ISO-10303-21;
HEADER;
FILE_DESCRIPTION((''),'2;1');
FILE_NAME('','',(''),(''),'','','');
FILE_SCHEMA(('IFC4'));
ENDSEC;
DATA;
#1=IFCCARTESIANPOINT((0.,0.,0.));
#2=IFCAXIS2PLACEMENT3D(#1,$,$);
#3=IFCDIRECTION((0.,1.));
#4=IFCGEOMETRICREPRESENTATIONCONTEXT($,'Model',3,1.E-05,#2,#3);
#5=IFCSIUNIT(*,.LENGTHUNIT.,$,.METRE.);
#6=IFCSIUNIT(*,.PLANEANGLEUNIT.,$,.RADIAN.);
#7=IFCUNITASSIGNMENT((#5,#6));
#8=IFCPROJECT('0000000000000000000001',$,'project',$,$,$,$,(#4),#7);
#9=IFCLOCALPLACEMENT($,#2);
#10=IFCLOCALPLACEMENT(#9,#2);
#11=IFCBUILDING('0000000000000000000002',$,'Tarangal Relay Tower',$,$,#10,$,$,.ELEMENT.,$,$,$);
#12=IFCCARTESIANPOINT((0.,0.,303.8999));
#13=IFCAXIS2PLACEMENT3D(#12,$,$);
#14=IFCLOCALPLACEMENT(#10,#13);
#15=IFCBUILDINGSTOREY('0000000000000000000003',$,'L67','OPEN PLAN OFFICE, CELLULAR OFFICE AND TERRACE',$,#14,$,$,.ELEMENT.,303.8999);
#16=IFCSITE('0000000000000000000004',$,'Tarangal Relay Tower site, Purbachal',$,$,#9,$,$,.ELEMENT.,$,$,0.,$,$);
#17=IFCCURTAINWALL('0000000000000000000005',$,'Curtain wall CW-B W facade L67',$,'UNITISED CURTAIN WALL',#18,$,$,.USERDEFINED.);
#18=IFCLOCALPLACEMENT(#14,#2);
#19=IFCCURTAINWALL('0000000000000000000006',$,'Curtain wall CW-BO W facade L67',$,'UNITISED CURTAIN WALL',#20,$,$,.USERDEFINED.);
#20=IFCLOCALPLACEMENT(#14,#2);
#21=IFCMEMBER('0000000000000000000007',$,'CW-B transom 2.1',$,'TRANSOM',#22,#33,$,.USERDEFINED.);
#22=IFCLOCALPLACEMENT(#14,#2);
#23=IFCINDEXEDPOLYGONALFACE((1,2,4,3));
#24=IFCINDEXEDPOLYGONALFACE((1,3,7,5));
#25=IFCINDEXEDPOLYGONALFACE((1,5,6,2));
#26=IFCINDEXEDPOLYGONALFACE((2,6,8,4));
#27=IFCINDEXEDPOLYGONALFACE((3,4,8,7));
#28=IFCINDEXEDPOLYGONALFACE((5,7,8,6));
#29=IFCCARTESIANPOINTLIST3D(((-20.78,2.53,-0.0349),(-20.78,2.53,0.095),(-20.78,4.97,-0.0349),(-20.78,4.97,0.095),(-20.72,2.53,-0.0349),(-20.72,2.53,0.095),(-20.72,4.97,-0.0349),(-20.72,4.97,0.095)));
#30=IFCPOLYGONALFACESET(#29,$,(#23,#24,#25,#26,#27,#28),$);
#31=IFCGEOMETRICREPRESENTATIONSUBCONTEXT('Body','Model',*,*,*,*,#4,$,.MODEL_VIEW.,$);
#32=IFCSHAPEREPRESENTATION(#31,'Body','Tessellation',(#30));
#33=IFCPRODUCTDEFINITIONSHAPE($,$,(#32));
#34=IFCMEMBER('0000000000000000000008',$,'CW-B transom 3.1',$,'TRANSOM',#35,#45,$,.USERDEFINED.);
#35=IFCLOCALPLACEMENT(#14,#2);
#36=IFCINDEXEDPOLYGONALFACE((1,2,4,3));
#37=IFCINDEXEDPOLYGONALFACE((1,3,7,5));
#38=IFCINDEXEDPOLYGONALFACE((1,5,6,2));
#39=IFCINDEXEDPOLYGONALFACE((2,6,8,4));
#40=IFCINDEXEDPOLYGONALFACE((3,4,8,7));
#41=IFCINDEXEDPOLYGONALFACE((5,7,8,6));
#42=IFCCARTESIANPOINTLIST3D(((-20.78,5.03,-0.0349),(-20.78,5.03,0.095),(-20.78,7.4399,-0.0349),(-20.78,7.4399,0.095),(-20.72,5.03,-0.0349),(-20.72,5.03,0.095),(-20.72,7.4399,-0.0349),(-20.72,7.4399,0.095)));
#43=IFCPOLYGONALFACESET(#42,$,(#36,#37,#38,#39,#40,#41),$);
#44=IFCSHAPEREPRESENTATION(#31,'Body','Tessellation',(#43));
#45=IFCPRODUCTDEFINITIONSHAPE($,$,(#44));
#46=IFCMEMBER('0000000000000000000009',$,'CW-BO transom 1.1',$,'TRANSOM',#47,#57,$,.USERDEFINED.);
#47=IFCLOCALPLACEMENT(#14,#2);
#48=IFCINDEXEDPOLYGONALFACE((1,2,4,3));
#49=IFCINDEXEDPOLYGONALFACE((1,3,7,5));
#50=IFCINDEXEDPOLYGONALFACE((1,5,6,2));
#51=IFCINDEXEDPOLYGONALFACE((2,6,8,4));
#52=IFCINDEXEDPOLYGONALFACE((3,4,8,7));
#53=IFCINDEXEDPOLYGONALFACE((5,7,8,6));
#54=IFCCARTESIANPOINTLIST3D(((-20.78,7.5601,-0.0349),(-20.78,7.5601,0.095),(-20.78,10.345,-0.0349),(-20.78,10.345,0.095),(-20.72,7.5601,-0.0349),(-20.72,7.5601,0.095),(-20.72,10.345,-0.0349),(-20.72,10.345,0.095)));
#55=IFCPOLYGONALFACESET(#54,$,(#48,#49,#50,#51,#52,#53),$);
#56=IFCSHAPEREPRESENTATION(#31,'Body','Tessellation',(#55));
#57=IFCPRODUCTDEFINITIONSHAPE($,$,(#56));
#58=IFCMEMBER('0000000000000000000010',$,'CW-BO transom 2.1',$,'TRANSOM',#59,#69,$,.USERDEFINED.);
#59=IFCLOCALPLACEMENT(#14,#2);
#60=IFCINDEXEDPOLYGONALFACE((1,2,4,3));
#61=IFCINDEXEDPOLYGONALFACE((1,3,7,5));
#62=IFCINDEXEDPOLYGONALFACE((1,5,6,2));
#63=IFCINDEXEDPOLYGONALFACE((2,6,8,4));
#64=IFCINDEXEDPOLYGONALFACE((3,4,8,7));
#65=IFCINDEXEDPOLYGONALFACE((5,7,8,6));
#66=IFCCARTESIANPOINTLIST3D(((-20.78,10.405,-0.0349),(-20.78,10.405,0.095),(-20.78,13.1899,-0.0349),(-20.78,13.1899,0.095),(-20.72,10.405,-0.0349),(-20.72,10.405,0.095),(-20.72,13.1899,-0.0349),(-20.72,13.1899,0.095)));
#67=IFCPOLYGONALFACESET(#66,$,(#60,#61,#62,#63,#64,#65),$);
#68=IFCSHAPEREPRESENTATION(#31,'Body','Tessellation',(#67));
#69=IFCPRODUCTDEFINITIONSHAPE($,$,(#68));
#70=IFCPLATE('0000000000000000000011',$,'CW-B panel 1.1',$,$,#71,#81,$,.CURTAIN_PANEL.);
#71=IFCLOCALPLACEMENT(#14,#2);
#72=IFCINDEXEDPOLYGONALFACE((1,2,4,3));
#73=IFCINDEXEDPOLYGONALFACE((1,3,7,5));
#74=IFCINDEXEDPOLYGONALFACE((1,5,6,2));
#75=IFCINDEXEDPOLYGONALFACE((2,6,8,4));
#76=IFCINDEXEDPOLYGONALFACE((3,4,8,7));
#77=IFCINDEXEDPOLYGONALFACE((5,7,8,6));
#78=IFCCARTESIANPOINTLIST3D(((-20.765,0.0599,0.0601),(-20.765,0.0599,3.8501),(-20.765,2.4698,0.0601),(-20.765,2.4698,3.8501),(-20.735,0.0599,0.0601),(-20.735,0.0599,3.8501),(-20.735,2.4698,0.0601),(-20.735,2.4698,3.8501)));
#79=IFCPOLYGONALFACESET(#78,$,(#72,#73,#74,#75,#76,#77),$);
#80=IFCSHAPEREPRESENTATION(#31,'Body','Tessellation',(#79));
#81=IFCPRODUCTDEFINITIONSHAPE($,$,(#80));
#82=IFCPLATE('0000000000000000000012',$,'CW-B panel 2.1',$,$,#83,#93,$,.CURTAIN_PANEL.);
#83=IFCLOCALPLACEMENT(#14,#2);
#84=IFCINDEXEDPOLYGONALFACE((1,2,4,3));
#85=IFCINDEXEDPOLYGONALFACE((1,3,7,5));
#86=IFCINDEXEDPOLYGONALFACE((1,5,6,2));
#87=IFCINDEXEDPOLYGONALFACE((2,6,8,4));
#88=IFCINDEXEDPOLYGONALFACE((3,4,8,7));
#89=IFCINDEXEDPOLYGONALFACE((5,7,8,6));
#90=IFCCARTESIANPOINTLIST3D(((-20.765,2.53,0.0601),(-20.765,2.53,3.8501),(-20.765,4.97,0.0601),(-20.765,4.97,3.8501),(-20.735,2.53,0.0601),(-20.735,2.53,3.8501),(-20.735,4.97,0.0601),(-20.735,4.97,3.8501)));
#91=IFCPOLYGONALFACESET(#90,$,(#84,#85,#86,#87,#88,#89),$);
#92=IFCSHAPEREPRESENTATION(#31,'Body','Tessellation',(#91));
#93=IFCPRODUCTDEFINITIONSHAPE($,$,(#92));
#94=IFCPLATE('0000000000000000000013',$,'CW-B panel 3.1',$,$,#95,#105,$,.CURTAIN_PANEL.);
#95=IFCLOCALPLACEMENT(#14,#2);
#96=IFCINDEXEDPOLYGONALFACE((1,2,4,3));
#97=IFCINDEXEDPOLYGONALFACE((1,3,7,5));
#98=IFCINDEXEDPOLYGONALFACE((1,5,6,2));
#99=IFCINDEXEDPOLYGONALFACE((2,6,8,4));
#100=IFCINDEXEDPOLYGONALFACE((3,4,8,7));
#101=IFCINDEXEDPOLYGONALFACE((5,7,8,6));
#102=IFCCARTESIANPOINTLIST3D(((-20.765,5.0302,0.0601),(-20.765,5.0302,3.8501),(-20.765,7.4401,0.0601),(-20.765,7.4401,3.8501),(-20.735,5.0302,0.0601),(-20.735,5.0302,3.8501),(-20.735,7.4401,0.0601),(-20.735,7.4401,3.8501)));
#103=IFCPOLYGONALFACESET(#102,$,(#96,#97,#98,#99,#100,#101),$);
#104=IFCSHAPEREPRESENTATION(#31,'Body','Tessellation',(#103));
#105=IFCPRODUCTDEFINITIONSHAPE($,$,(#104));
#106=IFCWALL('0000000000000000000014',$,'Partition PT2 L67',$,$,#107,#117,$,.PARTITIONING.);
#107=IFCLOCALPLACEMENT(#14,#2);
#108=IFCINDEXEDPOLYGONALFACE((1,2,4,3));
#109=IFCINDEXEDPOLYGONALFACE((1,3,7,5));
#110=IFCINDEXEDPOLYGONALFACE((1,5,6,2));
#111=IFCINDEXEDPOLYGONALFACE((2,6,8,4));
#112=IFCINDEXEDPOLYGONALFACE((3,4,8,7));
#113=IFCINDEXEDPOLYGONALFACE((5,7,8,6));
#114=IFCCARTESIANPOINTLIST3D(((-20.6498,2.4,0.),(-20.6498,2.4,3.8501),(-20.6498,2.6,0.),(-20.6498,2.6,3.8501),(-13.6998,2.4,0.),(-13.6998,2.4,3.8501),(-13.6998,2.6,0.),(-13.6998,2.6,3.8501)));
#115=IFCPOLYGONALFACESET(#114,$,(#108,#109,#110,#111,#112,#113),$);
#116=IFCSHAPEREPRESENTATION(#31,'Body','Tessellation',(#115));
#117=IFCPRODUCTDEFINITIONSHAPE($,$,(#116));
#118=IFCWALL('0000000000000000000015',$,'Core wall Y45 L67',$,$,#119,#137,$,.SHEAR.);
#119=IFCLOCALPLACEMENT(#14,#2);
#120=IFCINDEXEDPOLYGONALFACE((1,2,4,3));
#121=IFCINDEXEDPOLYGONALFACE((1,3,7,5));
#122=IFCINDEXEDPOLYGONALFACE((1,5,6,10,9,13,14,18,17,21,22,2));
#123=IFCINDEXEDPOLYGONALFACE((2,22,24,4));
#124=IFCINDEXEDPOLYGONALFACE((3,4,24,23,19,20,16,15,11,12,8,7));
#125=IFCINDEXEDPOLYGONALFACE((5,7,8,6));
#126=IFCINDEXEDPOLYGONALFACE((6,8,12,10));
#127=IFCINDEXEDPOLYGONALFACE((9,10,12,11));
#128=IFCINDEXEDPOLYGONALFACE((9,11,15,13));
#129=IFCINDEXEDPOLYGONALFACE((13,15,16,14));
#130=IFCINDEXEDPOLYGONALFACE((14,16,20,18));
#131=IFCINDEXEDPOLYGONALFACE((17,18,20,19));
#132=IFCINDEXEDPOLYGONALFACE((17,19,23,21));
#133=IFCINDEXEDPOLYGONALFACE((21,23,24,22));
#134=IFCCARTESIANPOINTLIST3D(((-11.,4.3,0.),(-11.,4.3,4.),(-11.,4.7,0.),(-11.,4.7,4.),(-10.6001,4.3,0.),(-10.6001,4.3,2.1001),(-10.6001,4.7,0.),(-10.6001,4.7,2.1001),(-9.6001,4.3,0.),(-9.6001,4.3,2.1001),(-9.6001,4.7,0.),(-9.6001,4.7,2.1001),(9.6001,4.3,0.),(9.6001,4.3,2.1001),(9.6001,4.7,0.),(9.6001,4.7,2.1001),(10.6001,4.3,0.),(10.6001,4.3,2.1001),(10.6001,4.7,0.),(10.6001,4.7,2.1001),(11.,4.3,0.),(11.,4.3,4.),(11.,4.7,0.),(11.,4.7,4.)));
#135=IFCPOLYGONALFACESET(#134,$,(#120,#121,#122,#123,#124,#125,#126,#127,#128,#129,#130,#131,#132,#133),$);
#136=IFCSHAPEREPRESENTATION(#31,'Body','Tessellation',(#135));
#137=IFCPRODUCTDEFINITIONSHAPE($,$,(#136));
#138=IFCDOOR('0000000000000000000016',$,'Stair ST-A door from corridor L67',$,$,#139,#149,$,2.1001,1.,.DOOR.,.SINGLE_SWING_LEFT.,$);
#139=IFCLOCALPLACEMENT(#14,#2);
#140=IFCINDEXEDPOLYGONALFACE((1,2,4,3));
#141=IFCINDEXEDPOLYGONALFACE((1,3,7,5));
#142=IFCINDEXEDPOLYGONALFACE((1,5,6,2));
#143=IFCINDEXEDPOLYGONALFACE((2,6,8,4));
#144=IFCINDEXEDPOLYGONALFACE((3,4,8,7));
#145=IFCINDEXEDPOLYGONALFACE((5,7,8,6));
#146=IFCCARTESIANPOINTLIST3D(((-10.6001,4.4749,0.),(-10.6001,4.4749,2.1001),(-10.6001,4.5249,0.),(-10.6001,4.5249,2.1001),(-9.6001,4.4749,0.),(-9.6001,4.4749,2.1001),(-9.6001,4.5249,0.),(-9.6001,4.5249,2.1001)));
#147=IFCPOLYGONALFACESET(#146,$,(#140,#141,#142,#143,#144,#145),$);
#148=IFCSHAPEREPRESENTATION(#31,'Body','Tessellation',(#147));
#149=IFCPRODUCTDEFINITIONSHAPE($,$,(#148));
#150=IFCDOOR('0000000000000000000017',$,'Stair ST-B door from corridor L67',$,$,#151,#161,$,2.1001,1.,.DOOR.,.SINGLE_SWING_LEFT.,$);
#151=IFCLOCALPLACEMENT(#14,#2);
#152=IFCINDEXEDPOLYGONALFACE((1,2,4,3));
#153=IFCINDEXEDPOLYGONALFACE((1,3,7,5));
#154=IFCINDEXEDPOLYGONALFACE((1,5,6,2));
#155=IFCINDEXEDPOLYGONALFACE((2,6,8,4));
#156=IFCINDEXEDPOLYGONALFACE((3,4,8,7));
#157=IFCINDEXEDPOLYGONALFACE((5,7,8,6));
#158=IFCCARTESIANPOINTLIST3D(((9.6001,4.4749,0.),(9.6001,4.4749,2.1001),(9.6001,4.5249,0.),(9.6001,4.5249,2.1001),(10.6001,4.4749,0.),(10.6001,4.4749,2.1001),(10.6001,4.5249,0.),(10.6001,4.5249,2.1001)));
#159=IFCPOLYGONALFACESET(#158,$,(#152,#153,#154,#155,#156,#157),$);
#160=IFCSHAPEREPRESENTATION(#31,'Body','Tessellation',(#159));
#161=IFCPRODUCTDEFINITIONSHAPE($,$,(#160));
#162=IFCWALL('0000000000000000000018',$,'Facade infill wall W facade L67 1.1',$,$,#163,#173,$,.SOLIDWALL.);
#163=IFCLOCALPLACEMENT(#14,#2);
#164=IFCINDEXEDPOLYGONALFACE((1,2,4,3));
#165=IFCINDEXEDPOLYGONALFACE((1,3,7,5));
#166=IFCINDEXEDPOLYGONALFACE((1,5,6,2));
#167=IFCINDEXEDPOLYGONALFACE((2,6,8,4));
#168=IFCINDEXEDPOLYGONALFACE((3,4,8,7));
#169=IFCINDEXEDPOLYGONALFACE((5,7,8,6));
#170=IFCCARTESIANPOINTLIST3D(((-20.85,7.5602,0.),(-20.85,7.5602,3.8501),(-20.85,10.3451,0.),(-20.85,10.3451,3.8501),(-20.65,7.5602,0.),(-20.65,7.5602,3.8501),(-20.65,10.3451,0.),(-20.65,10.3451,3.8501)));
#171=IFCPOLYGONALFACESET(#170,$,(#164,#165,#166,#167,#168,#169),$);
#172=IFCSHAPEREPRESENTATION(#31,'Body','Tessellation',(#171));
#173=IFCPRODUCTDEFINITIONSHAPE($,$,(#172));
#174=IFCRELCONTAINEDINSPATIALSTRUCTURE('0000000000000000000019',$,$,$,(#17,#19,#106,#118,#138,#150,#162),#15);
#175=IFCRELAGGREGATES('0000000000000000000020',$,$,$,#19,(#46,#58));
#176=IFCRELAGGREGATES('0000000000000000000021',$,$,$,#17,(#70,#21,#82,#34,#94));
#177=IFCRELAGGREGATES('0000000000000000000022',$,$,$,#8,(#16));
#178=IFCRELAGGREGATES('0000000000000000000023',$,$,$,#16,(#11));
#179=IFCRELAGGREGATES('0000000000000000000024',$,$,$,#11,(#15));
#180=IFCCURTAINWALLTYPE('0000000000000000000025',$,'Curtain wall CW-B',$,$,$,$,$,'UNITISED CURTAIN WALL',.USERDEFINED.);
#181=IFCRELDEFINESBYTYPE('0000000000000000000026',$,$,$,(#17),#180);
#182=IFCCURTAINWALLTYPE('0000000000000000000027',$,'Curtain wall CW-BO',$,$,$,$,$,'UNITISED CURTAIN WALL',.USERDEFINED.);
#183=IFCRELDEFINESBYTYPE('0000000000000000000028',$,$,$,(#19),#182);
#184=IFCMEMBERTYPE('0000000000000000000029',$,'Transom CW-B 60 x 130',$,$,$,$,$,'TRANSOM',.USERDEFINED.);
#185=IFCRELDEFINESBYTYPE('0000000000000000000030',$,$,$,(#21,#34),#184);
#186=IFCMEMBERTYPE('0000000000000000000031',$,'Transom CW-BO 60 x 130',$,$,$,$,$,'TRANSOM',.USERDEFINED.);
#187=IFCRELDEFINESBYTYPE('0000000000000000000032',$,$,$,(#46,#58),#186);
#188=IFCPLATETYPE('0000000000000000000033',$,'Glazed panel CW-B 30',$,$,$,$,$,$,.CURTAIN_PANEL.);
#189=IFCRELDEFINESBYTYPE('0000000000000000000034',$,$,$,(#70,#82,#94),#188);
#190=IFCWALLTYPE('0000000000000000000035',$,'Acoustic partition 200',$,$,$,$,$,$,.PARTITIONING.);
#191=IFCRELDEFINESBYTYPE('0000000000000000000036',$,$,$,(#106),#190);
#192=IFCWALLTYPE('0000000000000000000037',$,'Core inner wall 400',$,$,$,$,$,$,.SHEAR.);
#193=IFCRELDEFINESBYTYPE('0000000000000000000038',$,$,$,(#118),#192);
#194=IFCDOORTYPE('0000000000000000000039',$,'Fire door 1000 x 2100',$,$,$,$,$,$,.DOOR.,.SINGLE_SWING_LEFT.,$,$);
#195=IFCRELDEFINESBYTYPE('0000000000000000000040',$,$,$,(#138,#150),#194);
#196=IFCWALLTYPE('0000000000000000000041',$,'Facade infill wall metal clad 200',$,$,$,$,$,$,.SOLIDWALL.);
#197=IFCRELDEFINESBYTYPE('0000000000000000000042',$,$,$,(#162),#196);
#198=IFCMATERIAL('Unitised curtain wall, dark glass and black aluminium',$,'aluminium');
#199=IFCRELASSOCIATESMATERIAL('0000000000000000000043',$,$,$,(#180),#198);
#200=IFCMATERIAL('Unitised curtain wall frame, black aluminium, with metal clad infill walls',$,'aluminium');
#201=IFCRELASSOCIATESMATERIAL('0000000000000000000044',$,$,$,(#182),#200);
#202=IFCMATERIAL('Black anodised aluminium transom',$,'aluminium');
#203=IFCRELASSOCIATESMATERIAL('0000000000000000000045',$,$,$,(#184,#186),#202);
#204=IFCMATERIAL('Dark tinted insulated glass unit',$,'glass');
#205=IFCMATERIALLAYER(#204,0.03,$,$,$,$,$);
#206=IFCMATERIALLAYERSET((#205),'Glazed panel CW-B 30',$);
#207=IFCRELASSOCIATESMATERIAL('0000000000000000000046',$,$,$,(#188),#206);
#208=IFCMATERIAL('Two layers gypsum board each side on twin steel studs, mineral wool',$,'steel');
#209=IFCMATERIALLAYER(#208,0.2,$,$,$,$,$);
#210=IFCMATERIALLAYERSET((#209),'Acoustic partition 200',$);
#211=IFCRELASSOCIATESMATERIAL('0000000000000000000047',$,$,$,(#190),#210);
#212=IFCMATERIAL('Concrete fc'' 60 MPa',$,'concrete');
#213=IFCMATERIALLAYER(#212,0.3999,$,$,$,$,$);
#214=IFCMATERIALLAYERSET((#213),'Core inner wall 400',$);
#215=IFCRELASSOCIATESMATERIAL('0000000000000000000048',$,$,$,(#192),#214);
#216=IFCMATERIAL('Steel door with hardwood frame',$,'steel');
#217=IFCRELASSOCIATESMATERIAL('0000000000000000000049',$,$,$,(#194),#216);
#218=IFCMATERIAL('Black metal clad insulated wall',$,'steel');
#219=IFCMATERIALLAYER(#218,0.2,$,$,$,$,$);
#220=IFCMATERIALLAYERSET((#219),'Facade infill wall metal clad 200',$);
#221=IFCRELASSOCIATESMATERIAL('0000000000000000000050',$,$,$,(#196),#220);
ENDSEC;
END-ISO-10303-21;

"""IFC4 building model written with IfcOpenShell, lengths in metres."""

from ifc_helpers import new_model, si_unit, direction, frame, frame_2d, origin, origin_2d, place, context, subcontext, project, spatial, rectangle, extrude, material, layer, layer_set, material_profile, profile_set, type_object, element, fill, aggregate, save


model = new_model("IFC4")

# Units and contexts
model_context = context("Model", 3, precision=1e-05, world=origin(), true_north=direction((0.0, 1.0)))
body_context = subcontext(model_context, "Body", "Model", "MODEL_VIEW")
ifc_project = project(units=[si_unit("LENGTHUNIT", "METRE"), si_unit("PLANEANGLEUNIT", "RADIAN")], contexts=[model_context])

# Site, building, storey
site_placement = place(None, origin())
site = spatial("IfcSite", under=ifc_project, at=site_placement, Name="Tarangal Relay Tower site, Purbachal", CompositionType="ELEMENT", RefElevation=0.0)
building_placement = place(site_placement, origin())
building = spatial("IfcBuilding", under=site, at=building_placement, Name="Tarangal Relay Tower", CompositionType="ELEMENT")
storey_placement = place(building_placement, frame((0.0, 0.0, 303.8999)))
storey = spatial("IfcBuildingStorey", under=building, at=storey_placement, Name="L67", Description="OPEN PLAN OFFICE, CELLULAR OFFICE AND TERRACE", CompositionType="ELEMENT", Elevation=303.8999)

# Curtain walls
ifc_material_1 = material(Name="Unitised curtain wall, dark glass and black aluminium", Category="aluminium")
curtain_wall_type_1 = type_object("IfcCurtainWallType", Name="Curtain wall CW-B", ElementType="UNITISED CURTAIN WALL", PredefinedType="USERDEFINED", material=ifc_material_1)
curtain_wall_1_placement = place(storey_placement, origin())
curtain_wall_1 = element("IfcCurtainWall", 1, at=curtain_wall_1_placement, inside=storey, type_object=curtain_wall_type_1, Name="Curtain wall CW-B W facade L67", ObjectType="UNITISED CURTAIN WALL", PredefinedType="USERDEFINED")
ifc_material_2 = material(Name="Unitised curtain wall frame, black aluminium, with metal clad infill walls", Category="aluminium")
curtain_wall_type_2 = type_object("IfcCurtainWallType", Name="Curtain wall CW-BO", ElementType="UNITISED CURTAIN WALL", PredefinedType="USERDEFINED", material=ifc_material_2)
curtain_wall_2_placement = place(storey_placement, origin())
curtain_wall_2 = element("IfcCurtainWall", 2, at=curtain_wall_2_placement, inside=storey, type_object=curtain_wall_type_2, Name="Curtain wall CW-BO W facade L67", ObjectType="UNITISED CURTAIN WALL", PredefinedType="USERDEFINED")

# Members
ifc_material_3 = material(Name="Black anodised aluminium transom", Category="aluminium")
ifc_material_profile_1 = material_profile(ifc_material_3, rectangle(XDim=0.0601, YDim=0.1299, at=origin_2d()), Name="CW-BT 60X130")
ifc_profile_set_1 = profile_set([ifc_material_profile_1], Name="Black anodised aluminium transom")
member_type_1 = type_object("IfcMemberType", Name="Transom CW-B 60 x 130", ElementType="TRANSOM", PredefinedType="USERDEFINED", material=ifc_profile_set_1)
member_1_placement = place(storey_placement, frame((-20.75, 2.53, 0.03), z_axis=(0.0, 1.0, 0.0), x_axis=(-1.0, 0.0, 0.0)))
member_1 = element("IfcMember", 3, at=member_1_placement, type_object=member_type_1, Name="CW-B transom 2.1", ObjectType="TRANSOM", PredefinedType="USERDEFINED", context=body_context, shape_type="SweptSolid", body=[
    extrude(rectangle(XDim=0.0601, YDim=0.1299, at=origin_2d()), origin(), (0.0, 0.0, 1.0), 2.4399),
])
member_2_placement = place(storey_placement, frame((-20.75, 5.03, 0.03), z_axis=(0.0, 1.0, 0.0), x_axis=(-1.0, 0.0, 0.0)))
member_2 = element("IfcMember", 4, at=member_2_placement, type_object=member_type_1, Name="CW-B transom 3.1", ObjectType="TRANSOM", PredefinedType="USERDEFINED", context=body_context, shape_type="SweptSolid", body=[
    extrude(rectangle(XDim=0.0601, YDim=0.1299, at=origin_2d()), origin(), (0.0, 0.0, 1.0), 2.4099),
])
ifc_material_profile_2 = material_profile(ifc_material_3, rectangle(XDim=0.0601, YDim=0.1299, at=origin_2d()), Name="CW-BOT 60X130")
ifc_profile_set_2 = profile_set([ifc_material_profile_2], Name="Black anodised aluminium transom")
member_type_2 = type_object("IfcMemberType", Name="Transom CW-BO 60 x 130", ElementType="TRANSOM", PredefinedType="USERDEFINED", material=ifc_profile_set_2)
member_3_placement = place(storey_placement, frame((-20.75, 7.5601, 0.03), z_axis=(0.0, 1.0, 0.0), x_axis=(-1.0, 0.0, 0.0)))
member_3 = element("IfcMember", 5, at=member_3_placement, type_object=member_type_2, Name="CW-BO transom 1.1", ObjectType="TRANSOM", PredefinedType="USERDEFINED", context=body_context, shape_type="SweptSolid", body=[
    extrude(rectangle(XDim=0.0601, YDim=0.1299, at=origin_2d()), origin(), (0.0, 0.0, 1.0), 2.7849),
])
member_4_placement = place(storey_placement, frame((-20.75, 10.405, 0.03), z_axis=(0.0, 1.0, 0.0), x_axis=(-1.0, 0.0, 0.0)))
member_4 = element("IfcMember", 6, at=member_4_placement, type_object=member_type_2, Name="CW-BO transom 2.1", ObjectType="TRANSOM", PredefinedType="USERDEFINED", context=body_context, shape_type="SweptSolid", body=[
    extrude(rectangle(XDim=0.0601, YDim=0.1299, at=origin_2d()), origin(), (0.0, 0.0, 1.0), 2.7849),
])
aggregate(curtain_wall_2, [member_3, member_4])

# Plates
ifc_material_4 = material(Name="Dark tinted insulated glass unit", Category="glass")
ifc_layer_1 = layer(ifc_material_4, 0.03)
ifc_layer_set_1 = layer_set([ifc_layer_1], Name="Glazed panel CW-B 30")
plate_type = type_object("IfcPlateType", Name="Glazed panel CW-B 30", PredefinedType="CURTAIN_PANEL", material=ifc_layer_set_1)
plate_1_placement = place(storey_placement, frame((-20.75, 1.2649, 0.0601), z_axis=(0.0, 0.0, 1.0), x_axis=(0.0, 1.0, 0.0)))
plate_1 = element("IfcPlate", 7, at=plate_1_placement, type_object=plate_type, Name="CW-B panel 1.1", PredefinedType="CURTAIN_PANEL", context=body_context, shape_type="SweptSolid", body=[
    extrude(rectangle(XDim=2.4099, YDim=0.03, at=origin_2d()), origin(), (0.0, 0.0, 1.0), 3.79),
])
plate_2_placement = place(storey_placement, frame((-20.75, 3.75, 0.0601), z_axis=(0.0, 0.0, 1.0), x_axis=(0.0, 1.0, 0.0)))
plate_2 = element("IfcPlate", 8, at=plate_2_placement, type_object=plate_type, Name="CW-B panel 2.1", PredefinedType="CURTAIN_PANEL", context=body_context, shape_type="SweptSolid", body=[
    extrude(rectangle(XDim=2.4399, YDim=0.03, at=origin_2d()), origin(), (0.0, 0.0, 1.0), 3.79),
])
plate_3_placement = place(storey_placement, frame((-20.75, 6.2351, 0.0601), z_axis=(0.0, 0.0, 1.0), x_axis=(0.0, 1.0, 0.0)))
plate_3 = element("IfcPlate", 9, at=plate_3_placement, type_object=plate_type, Name="CW-B panel 3.1", PredefinedType="CURTAIN_PANEL", context=body_context, shape_type="SweptSolid", body=[
    extrude(rectangle(XDim=2.4099, YDim=0.03, at=origin_2d()), origin(), (0.0, 0.0, 1.0), 3.79),
])
aggregate(curtain_wall_1, [plate_1, member_1, plate_2, member_2, plate_3])

# Wall
ifc_material_5 = material(Name="Two layers gypsum board each side on twin steel studs, mineral wool", Category="steel")
ifc_layer_2 = layer(ifc_material_5, 0.2)
ifc_layer_set_2 = layer_set([ifc_layer_2], Name="Acoustic partition 200")
wall_type_1 = type_object("IfcWallType", Name="Acoustic partition 200", PredefinedType="PARTITIONING", material=ifc_layer_set_2)
wall_1_placement = place(storey_placement, frame((-20.6499, 2.5, 0.0), z_axis=(0.0, 0.0, 1.0), x_axis=(1.0, 0.0, 0.0)))
element("IfcWall", 10, at=wall_1_placement, inside=storey, type_object=wall_type_1, Name="Partition PT2 L67", PredefinedType="PARTITIONING", context=body_context, shape_type="SweptSolid", body=[
    extrude(rectangle(XDim=6.95, YDim=0.2, at=frame_2d((3.4751, 0.0))), origin(), (0.0, 0.0, 1.0), 3.8501),
])

# Wall, openings, doors
ifc_material_6 = material(Name="Concrete fc' 60 MPa", Category="concrete")
ifc_layer_3 = layer(ifc_material_6, 0.3999)
ifc_layer_set_3 = layer_set([ifc_layer_3], Name="Core inner wall 400")
wall_type_2 = type_object("IfcWallType", Name="Core inner wall 400", PredefinedType="SHEAR", material=ifc_layer_set_3)
wall_2_placement = place(storey_placement, frame((-11.0, 4.5, 0.0), z_axis=(0.0, 0.0, 1.0), x_axis=(1.0, 0.0, 0.0)))
wall_2 = element("IfcWall", 11, at=wall_2_placement, inside=storey, type_object=wall_type_2, Name="Core wall Y45 L67", PredefinedType="SHEAR", context=body_context, shape_type="SweptSolid", body=[
    extrude(rectangle(XDim=22.0, YDim=0.3999, at=frame_2d((11.0, 0.0))), origin(), (0.0, 0.0, 1.0), 4.0),
])
opening_1_placement = place(wall_2_placement, frame((0.3999, 0.0, 0.0)))
opening_1 = element("IfcOpeningElement", 12, at=opening_1_placement, cuts=wall_2, PredefinedType="OPENING", context=body_context, shape_type="SweptSolid", body=[
    extrude(rectangle(XDim=1.0, YDim=2.1001, at=frame_2d((0.5, 1.05))), frame((0.0, 0.21, 0.0), z_axis=(0.0, -1.0, 0.0), x_axis=(1.0, 0.0, 0.0)), (0.0, 0.0, 1.0), 0.4199),
])
opening_2_placement = place(wall_2_placement, frame((20.6001, 0.0, 0.0)))
opening_2 = element("IfcOpeningElement", 13, at=opening_2_placement, cuts=wall_2, PredefinedType="OPENING", context=body_context, shape_type="SweptSolid", body=[
    extrude(rectangle(XDim=1.0, YDim=2.1001, at=frame_2d((0.5, 1.05))), frame((0.0, 0.21, 0.0), z_axis=(0.0, -1.0, 0.0), x_axis=(1.0, 0.0, 0.0)), (0.0, 0.0, 1.0), 0.4199),
])
ifc_material_7 = material(Name="Steel door with hardwood frame", Category="steel")
door_type_1 = type_object("IfcDoorType", Name="Fire door 1000 x 2100", OperationType="SINGLE_SWING_LEFT", PredefinedType="DOOR", material=ifc_material_7)
door_1_placement = place(opening_1_placement, origin())
door_1 = element("IfcDoor", 14, at=door_1_placement, inside=storey, type_object=door_type_1, Name="Stair ST-A door from corridor L67", OperationType="SINGLE_SWING_LEFT", OverallHeight=2.1001, OverallWidth=1.0, PredefinedType="DOOR", context=body_context, shape_type="SweptSolid", body=[
    extrude(rectangle(XDim=1.0, YDim=2.1001, at=frame_2d((0.5, 1.05))), frame((0.0, 0.0249, 0.0), z_axis=(0.0, -1.0, 0.0), x_axis=(1.0, 0.0, 0.0)), (0.0, 0.0, 1.0), 0.05),
])
fill(opening_1, door_1)
door_2_placement = place(opening_2_placement, origin())
door_2 = element("IfcDoor", 15, at=door_2_placement, inside=storey, type_object=door_type_1, Name="Stair ST-B door from corridor L67", OperationType="SINGLE_SWING_LEFT", OverallHeight=2.1001, OverallWidth=1.0, PredefinedType="DOOR", context=body_context, shape_type="SweptSolid", body=[
    extrude(rectangle(XDim=1.0, YDim=2.1001, at=frame_2d((0.5, 1.05))), frame((0.0, 0.0249, 0.0), z_axis=(0.0, -1.0, 0.0), x_axis=(1.0, 0.0, 0.0)), (0.0, 0.0, 1.0), 0.05),
])
fill(opening_2, door_2)

# Wall
ifc_material_8 = material(Name="Black metal clad insulated wall", Category="steel")
ifc_layer_4 = layer(ifc_material_8, 0.2)
ifc_layer_set_4 = layer_set([ifc_layer_4], Name="Facade infill wall metal clad 200")
wall_type_3 = type_object("IfcWallType", Name="Facade infill wall metal clad 200", PredefinedType="SOLIDWALL", material=ifc_layer_set_4)
wall_3_placement = place(storey_placement, frame((-20.75, 7.5601, 0.0), z_axis=(0.0, 0.0, 1.0), x_axis=(0.0, 1.0, 0.0)))
element("IfcWall", 16, at=wall_3_placement, inside=storey, type_object=wall_type_3, Name="Facade infill wall W facade L67 1.1", PredefinedType="SOLIDWALL", context=body_context, shape_type="SweptSolid", body=[
    extrude(rectangle(XDim=2.7849, YDim=0.2, at=frame_2d((1.3926, 0.0))), origin(), (0.0, 0.0, 1.0), 3.8501),
])

save(model, "model.ifc")
